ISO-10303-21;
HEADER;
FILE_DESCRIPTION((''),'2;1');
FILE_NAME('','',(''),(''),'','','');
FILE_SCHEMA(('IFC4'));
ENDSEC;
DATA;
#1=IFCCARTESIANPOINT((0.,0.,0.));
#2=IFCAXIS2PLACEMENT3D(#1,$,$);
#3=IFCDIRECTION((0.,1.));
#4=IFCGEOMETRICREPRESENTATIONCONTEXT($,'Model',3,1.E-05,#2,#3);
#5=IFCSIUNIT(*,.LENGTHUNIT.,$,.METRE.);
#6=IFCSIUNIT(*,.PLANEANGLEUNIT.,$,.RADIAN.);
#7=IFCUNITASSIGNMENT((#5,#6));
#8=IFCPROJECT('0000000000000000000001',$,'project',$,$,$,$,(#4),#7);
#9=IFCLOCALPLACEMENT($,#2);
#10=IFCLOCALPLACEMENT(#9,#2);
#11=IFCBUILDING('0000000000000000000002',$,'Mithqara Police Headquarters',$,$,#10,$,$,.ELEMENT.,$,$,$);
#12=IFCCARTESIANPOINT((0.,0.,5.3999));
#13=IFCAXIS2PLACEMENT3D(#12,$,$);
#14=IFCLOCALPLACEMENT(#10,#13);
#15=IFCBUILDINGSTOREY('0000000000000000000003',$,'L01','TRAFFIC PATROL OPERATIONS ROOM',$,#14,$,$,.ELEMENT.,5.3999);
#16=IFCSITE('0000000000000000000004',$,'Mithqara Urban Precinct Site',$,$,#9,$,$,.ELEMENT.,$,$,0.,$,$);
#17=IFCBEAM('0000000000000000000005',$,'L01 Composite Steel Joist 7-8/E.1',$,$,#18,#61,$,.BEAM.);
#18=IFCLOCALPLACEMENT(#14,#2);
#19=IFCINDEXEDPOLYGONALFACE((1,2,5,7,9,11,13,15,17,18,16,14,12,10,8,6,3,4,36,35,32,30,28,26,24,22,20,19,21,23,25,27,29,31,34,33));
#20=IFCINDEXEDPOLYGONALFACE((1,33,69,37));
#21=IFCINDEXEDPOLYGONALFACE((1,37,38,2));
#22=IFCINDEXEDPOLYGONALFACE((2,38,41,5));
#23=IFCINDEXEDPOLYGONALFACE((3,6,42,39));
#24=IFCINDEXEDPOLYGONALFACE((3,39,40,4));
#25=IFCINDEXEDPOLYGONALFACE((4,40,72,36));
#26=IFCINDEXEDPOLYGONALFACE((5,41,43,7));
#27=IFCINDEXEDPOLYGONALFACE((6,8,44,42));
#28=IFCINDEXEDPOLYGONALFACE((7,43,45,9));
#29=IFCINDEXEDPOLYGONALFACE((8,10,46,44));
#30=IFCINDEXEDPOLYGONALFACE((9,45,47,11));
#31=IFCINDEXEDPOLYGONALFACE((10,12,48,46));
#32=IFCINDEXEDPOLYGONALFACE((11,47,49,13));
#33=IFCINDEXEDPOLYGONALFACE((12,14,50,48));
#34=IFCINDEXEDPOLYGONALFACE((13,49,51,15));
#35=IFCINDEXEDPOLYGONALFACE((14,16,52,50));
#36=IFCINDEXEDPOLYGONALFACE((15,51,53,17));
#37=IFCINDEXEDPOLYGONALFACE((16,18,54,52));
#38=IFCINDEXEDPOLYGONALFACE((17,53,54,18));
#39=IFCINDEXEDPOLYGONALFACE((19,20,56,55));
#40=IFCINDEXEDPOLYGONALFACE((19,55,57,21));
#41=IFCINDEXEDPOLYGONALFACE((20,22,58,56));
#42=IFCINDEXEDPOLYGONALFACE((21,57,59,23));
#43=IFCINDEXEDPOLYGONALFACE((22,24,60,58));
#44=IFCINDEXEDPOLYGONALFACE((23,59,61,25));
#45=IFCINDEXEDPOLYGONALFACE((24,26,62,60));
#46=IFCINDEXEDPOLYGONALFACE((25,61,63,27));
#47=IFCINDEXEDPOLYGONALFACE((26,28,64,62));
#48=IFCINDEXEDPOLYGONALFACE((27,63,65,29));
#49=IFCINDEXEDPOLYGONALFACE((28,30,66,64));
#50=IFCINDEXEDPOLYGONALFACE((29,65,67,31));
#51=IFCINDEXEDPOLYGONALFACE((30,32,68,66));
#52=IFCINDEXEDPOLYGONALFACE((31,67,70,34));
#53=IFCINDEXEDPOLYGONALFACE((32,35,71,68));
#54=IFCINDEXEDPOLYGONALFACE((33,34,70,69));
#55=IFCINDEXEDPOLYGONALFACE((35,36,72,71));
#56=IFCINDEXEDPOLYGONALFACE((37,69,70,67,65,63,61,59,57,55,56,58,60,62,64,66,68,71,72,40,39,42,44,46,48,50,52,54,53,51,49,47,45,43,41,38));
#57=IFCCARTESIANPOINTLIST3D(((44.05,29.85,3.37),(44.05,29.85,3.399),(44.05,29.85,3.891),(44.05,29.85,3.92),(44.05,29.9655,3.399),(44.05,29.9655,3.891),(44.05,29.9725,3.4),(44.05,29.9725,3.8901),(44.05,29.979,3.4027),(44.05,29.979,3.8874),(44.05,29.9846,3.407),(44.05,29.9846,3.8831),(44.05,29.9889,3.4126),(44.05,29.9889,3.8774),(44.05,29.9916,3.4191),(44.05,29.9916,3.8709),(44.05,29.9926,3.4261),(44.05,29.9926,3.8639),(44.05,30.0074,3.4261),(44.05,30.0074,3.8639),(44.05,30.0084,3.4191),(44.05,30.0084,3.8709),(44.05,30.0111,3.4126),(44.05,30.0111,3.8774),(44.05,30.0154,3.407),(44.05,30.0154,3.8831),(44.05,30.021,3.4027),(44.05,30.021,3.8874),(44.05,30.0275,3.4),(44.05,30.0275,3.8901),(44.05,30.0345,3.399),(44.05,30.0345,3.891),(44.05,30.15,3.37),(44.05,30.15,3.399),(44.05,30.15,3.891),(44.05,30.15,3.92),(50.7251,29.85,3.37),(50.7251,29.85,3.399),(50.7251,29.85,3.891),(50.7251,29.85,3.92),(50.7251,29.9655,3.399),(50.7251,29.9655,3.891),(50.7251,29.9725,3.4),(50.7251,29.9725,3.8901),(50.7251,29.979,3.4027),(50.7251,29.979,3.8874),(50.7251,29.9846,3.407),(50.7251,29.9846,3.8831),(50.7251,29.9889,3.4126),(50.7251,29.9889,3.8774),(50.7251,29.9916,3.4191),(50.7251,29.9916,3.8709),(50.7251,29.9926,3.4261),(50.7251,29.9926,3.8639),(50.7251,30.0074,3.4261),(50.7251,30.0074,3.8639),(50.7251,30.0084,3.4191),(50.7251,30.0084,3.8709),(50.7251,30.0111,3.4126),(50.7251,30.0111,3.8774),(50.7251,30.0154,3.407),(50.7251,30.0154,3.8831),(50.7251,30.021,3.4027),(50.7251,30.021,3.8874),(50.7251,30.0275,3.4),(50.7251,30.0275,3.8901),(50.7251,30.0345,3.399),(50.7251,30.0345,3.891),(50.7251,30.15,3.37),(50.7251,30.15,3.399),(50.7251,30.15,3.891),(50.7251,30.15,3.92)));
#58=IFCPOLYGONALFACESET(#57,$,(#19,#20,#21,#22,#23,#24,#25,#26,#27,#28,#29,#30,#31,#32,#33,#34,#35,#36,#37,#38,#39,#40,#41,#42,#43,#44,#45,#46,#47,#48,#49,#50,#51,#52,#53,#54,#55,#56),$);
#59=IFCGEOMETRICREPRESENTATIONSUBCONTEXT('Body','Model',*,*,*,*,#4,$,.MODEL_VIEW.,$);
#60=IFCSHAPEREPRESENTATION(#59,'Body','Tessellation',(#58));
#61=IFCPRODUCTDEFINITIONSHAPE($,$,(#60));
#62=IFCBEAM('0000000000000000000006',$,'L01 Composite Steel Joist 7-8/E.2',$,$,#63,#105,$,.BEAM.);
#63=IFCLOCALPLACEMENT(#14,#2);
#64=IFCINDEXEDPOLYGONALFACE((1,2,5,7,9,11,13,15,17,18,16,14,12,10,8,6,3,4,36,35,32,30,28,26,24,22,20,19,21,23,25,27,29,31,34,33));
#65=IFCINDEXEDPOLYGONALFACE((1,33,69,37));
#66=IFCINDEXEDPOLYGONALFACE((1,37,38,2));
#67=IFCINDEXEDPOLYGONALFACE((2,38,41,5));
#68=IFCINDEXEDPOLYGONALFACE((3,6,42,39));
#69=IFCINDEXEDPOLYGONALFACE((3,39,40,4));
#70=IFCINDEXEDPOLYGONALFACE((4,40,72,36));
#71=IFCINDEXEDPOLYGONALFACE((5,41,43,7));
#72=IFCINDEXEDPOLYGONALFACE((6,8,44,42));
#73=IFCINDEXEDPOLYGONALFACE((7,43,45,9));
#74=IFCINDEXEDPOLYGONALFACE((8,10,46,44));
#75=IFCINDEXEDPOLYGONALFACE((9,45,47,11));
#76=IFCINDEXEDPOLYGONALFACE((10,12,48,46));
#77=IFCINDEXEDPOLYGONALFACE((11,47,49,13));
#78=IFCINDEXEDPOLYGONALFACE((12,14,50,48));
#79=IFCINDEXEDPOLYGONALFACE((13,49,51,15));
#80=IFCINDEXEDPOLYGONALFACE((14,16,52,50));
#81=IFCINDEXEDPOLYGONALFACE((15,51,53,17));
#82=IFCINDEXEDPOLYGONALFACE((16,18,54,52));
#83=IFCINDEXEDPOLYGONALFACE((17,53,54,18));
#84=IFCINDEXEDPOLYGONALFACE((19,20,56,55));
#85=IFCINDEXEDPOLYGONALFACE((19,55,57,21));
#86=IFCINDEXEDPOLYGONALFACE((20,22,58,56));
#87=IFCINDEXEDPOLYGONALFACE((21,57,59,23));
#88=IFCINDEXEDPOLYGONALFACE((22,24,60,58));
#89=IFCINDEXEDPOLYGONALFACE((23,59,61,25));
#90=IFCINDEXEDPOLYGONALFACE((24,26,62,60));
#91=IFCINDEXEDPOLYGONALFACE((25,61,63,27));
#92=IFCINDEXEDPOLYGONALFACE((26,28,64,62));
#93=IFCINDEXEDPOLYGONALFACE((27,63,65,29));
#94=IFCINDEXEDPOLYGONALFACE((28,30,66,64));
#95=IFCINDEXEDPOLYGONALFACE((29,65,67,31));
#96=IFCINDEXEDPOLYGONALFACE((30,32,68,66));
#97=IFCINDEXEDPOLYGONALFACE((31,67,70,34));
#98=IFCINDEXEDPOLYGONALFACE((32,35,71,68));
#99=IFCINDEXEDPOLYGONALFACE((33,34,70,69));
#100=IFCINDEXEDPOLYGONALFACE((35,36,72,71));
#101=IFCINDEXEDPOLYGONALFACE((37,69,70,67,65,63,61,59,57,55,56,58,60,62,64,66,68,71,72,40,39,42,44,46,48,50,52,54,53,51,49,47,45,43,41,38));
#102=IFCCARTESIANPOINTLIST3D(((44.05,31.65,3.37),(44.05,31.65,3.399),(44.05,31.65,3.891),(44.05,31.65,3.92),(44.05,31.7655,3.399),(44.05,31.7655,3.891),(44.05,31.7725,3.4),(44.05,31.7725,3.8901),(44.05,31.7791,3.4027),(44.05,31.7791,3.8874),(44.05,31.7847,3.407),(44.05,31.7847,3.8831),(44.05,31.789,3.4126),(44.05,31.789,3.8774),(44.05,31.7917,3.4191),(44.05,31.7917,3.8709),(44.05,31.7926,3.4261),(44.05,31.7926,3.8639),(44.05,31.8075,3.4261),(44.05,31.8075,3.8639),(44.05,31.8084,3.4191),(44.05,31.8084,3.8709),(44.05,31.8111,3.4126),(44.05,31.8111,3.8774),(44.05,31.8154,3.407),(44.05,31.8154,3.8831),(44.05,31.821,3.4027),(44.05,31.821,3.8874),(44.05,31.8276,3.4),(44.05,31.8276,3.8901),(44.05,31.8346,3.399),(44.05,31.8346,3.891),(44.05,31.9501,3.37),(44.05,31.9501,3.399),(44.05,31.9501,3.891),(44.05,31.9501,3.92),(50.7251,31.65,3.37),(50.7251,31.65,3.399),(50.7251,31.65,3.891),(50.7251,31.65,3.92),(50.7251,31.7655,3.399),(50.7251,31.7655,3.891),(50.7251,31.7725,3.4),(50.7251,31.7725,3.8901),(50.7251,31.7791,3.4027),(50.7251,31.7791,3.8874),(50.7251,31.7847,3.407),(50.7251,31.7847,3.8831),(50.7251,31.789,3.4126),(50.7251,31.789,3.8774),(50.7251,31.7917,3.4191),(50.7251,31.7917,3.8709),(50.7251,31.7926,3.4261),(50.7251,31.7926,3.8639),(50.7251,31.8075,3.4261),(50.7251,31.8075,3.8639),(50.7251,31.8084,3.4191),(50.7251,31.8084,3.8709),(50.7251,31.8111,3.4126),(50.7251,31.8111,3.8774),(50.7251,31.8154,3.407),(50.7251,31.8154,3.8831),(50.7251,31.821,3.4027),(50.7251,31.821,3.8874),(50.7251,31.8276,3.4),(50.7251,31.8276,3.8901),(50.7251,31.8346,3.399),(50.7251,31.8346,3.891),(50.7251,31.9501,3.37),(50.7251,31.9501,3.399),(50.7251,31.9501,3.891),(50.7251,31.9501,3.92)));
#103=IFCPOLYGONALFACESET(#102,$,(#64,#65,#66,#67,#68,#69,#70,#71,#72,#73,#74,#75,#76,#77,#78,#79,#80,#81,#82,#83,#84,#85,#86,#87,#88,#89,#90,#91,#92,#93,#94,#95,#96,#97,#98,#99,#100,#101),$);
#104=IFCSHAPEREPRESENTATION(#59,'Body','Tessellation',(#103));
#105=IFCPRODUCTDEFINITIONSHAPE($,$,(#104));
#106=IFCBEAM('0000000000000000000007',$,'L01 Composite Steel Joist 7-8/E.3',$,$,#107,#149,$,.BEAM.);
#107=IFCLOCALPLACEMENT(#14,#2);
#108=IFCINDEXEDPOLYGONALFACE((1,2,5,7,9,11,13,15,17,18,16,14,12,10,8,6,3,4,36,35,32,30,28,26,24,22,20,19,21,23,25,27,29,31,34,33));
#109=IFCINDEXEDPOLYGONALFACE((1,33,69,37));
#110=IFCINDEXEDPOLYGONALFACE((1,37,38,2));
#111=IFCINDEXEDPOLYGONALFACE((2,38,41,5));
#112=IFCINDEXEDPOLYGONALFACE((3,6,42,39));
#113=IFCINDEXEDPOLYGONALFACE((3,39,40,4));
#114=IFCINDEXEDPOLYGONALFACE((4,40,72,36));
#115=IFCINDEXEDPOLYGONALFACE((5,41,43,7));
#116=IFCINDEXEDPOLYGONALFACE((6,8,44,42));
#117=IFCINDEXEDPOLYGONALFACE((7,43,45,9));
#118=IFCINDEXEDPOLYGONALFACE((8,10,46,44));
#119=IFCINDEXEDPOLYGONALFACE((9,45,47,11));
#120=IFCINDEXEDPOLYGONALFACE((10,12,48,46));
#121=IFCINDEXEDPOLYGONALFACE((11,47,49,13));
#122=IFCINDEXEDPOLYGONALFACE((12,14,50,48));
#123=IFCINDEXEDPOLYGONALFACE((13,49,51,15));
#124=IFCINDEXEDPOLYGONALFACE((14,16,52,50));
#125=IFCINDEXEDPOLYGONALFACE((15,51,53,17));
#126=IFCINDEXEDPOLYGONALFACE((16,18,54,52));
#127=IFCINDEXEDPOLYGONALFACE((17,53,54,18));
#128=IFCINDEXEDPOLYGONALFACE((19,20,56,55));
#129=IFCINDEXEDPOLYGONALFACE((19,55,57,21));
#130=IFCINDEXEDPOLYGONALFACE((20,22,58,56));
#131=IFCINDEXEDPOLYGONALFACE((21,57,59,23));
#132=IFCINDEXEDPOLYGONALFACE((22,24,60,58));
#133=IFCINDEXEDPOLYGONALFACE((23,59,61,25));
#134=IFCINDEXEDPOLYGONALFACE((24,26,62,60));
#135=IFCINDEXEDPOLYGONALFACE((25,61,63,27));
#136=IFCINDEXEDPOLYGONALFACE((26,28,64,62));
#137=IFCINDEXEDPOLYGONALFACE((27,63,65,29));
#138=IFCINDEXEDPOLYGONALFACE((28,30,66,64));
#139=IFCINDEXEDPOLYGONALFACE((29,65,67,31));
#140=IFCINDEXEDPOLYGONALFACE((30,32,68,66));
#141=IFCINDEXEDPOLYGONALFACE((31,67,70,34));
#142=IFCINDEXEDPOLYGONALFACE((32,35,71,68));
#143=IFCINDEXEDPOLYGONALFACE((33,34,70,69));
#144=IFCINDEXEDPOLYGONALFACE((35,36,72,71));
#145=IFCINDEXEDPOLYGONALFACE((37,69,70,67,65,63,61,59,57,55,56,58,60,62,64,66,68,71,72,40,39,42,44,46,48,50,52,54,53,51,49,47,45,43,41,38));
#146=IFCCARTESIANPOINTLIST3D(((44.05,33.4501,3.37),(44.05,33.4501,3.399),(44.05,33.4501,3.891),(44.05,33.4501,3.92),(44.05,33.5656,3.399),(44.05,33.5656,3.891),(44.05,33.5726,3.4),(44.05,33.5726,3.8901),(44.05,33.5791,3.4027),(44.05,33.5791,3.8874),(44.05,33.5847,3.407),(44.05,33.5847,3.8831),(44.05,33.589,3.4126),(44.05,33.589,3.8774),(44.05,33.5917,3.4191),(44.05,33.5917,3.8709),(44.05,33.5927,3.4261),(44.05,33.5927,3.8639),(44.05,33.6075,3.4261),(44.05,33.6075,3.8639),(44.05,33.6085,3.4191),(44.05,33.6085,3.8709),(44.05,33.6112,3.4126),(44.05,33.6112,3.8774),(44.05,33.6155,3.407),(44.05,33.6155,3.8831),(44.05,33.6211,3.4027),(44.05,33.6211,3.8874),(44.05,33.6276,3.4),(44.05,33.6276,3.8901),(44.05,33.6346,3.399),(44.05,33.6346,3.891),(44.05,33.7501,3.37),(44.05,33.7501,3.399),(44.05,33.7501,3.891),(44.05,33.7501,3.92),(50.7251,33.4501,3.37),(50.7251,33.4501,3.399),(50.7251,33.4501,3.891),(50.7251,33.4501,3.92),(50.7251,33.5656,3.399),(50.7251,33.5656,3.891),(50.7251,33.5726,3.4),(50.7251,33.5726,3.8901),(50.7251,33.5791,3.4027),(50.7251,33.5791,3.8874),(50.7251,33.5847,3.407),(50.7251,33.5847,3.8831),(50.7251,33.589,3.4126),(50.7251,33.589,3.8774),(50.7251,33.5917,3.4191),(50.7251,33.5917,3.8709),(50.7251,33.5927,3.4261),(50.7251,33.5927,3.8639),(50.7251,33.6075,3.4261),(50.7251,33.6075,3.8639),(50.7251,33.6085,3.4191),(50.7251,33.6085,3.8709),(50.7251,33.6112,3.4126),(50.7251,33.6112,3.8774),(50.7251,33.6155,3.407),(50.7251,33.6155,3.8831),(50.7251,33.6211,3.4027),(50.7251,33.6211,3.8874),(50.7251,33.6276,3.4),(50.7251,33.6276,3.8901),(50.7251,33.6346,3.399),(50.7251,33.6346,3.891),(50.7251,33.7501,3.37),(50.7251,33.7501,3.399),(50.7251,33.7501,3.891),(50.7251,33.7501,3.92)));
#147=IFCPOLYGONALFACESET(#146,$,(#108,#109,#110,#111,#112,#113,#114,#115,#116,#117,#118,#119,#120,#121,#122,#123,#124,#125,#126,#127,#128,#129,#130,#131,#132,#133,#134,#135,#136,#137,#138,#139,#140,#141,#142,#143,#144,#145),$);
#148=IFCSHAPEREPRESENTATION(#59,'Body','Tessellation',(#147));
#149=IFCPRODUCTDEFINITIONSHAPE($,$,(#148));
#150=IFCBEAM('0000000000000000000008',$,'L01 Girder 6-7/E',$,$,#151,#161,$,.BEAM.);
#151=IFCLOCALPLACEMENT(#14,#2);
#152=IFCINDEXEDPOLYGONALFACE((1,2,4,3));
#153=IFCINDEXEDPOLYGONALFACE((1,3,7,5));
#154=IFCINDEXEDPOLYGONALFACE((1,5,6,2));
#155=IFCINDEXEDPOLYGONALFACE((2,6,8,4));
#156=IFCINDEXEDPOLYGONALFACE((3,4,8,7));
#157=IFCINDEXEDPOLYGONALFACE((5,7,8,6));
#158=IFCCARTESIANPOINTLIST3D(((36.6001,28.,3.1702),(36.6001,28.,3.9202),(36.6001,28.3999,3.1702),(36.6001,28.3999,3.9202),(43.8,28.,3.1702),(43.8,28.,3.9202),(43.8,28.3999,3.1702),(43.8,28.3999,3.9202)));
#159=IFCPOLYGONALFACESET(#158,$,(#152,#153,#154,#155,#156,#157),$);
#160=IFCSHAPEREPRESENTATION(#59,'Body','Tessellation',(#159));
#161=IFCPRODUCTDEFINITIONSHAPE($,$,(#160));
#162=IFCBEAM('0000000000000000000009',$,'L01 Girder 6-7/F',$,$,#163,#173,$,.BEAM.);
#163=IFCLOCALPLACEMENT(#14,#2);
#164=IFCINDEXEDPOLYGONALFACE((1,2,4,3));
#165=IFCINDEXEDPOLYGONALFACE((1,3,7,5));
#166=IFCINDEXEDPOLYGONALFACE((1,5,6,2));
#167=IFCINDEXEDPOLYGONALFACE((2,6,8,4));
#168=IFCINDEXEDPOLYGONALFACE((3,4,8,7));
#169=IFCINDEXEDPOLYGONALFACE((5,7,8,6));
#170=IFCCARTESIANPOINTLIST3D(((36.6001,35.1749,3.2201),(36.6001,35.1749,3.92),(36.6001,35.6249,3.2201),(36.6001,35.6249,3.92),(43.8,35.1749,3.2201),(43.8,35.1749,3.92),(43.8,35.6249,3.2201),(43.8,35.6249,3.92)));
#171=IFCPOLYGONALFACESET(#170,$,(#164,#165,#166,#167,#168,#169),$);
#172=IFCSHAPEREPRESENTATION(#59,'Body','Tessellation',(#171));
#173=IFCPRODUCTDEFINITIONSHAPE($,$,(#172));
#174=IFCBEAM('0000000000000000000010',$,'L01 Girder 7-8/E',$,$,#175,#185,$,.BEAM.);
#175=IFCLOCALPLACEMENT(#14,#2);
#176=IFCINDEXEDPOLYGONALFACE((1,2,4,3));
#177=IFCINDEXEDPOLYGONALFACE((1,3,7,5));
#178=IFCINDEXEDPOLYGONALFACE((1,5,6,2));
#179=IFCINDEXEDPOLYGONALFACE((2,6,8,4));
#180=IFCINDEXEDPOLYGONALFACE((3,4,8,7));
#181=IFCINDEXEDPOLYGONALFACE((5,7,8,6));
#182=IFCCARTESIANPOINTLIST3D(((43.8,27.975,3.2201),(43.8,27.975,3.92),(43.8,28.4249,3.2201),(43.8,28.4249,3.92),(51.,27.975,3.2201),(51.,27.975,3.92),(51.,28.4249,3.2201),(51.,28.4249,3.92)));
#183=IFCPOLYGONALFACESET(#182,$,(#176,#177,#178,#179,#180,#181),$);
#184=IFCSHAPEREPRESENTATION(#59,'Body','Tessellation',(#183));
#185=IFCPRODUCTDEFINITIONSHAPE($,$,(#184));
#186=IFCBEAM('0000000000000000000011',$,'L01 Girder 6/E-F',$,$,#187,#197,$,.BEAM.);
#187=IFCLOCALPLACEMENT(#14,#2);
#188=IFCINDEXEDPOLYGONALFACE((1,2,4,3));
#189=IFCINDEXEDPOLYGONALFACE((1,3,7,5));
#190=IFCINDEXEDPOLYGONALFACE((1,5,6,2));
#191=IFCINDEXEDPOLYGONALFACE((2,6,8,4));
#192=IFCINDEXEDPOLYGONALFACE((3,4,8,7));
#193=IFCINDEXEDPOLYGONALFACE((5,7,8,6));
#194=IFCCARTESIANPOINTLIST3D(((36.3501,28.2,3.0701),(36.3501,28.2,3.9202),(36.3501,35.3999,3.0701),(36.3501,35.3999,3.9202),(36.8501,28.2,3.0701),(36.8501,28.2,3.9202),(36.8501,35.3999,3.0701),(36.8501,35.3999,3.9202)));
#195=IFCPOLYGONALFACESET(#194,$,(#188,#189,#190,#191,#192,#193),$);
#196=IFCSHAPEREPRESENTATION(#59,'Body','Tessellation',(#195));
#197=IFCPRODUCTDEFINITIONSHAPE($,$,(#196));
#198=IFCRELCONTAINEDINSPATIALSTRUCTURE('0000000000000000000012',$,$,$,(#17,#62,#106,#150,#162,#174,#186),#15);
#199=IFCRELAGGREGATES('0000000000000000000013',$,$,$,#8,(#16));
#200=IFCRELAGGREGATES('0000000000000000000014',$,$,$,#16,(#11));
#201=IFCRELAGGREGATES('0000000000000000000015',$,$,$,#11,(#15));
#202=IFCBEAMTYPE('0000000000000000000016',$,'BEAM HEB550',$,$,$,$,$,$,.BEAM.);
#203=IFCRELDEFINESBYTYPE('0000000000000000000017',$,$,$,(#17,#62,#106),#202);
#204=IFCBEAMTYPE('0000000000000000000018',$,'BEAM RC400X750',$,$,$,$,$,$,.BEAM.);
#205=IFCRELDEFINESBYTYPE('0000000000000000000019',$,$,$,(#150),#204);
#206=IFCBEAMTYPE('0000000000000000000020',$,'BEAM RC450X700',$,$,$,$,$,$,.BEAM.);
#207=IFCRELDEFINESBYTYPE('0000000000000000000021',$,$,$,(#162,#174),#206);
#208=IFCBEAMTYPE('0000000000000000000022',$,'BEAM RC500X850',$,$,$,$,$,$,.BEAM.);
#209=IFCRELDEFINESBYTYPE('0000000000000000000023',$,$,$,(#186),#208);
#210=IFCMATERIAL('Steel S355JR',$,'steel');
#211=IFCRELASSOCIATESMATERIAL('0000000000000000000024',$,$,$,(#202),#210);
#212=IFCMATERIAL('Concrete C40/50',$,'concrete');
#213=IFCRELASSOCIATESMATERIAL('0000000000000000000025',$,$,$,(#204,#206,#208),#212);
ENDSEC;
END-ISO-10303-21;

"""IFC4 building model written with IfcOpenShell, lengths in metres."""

from ifc_helpers import new_model, si_unit, direction, frame, origin, origin_2d, place, context, subcontext, project, spatial, rectangle, i_section, extrude, material, material_profile, profile_set, type_object, element, save


model = new_model("IFC4")

# Units and contexts
model_context = context("Model", 3, precision=1e-05, world=origin(), true_north=direction((0.0, 1.0)))
body_context = subcontext(model_context, "Body", "Model", "MODEL_VIEW")
ifc_project = project(units=[si_unit("LENGTHUNIT", "METRE"), si_unit("PLANEANGLEUNIT", "RADIAN")], contexts=[model_context])

# Site, building, storey
site_placement = place(None, origin())
site = spatial("IfcSite", under=ifc_project, at=site_placement, Name="Mithqara Urban Precinct Site", CompositionType="ELEMENT", RefElevation=0.0)
building_placement = place(site_placement, origin())
building = spatial("IfcBuilding", under=site, at=building_placement, Name="Mithqara Police Headquarters", CompositionType="ELEMENT")
storey_placement = place(building_placement, frame((0.0, 0.0, 5.3999)))
storey = spatial("IfcBuildingStorey", under=building, at=storey_placement, Name="L01", Description="TRAFFIC PATROL OPERATIONS ROOM", CompositionType="ELEMENT", Elevation=5.3999)

# Beams
ifc_material_1 = material(Name="Steel S355JR", Category="steel")
ifc_material_profile_1 = material_profile(ifc_material_1, i_section(OverallWidth=0.3, OverallDepth=0.55, WebThickness=0.0149, FlangeThickness=0.0291, FilletRadius=0.0271, at=origin_2d()), Name="HEB 550")
ifc_profile_set_1 = profile_set([ifc_material_profile_1], Name="Steel S355JR")
beam_type_1 = type_object("IfcBeamType", Name="BEAM HEB550", PredefinedType="BEAM", material=ifc_profile_set_1)
for number, where, z_axis, x_axis, name in (
    (1, (44.05, 30.0, 3.645), (1.0, 0.0, 0.0), (0.0, 1.0, 0.0), "L01 Composite Steel Joist 7-8/E.1"),
    (2, (44.05, 31.8, 3.645), (1.0, 0.0, 0.0), (0.0, 1.0, 0.0), "L01 Composite Steel Joist 7-8/E.2"),
    (3, (44.05, 33.6001, 3.645), (1.0, 0.0, 0.0), (0.0, 1.0, 0.0), "L01 Composite Steel Joist 7-8/E.3"),
):
    element("IfcBeam", number, at=place(storey_placement, frame(where, z_axis=z_axis, x_axis=x_axis)), inside=storey, type_object=beam_type_1, Name=name, PredefinedType="BEAM", context=body_context, shape_type="SweptSolid", body=[
        extrude(i_section(OverallWidth=0.3, OverallDepth=0.55, WebThickness=0.0149, FlangeThickness=0.0291, FilletRadius=0.0271, at=origin_2d()), origin(), (0.0, 0.0, 1.0), 6.675),
    ])
ifc_material_2 = material(Name="Concrete C40/50", Category="concrete")
ifc_material_profile_2 = material_profile(ifc_material_2, rectangle(XDim=0.3999, YDim=0.75, at=origin_2d()), Name="RC 400x750")
ifc_profile_set_2 = profile_set([ifc_material_profile_2], Name="Concrete C40/50")
beam_type_2 = type_object("IfcBeamType", Name="BEAM RC400X750", PredefinedType="BEAM", material=ifc_profile_set_2)
beam_1_placement = place(storey_placement, frame((36.6001, 28.2, 3.5452), z_axis=(1.0, 0.0, 0.0), x_axis=(0.0, 1.0, 0.0)))
element("IfcBeam", 4, at=beam_1_placement, inside=storey, type_object=beam_type_2, Name="L01 Girder 6-7/E", PredefinedType="BEAM", context=body_context, shape_type="SweptSolid", body=[
    extrude(rectangle(XDim=0.3999, YDim=0.75, at=origin_2d()), origin(), (0.0, 0.0, 1.0), 7.2),
])
ifc_material_profile_3 = material_profile(ifc_material_2, rectangle(XDim=0.45, YDim=0.7, at=origin_2d()), Name="RC 450x700")
ifc_profile_set_3 = profile_set([ifc_material_profile_3], Name="Concrete C40/50")
beam_type_3 = type_object("IfcBeamType", Name="BEAM RC450X700", PredefinedType="BEAM", material=ifc_profile_set_3)
for number, where, z_axis, x_axis, name in (
    (5, (36.6001, 35.3999, 3.5701), (1.0, 0.0, 0.0), (0.0, 1.0, 0.0), "L01 Girder 6-7/F"),
    (6, (43.8, 28.2, 3.5701), (1.0, 0.0, 0.0), (0.0, 1.0, 0.0), "L01 Girder 7-8/E"),
):
    element("IfcBeam", number, at=place(storey_placement, frame(where, z_axis=z_axis, x_axis=x_axis)), inside=storey, type_object=beam_type_3, Name=name, PredefinedType="BEAM", context=body_context, shape_type="SweptSolid", body=[
        extrude(rectangle(XDim=0.45, YDim=0.7, at=origin_2d()), origin(), (0.0, 0.0, 1.0), 7.2),
    ])
ifc_material_profile_4 = material_profile(ifc_material_2, rectangle(XDim=0.5, YDim=0.8501, at=origin_2d()), Name="RC 500x850")
ifc_profile_set_4 = profile_set([ifc_material_profile_4], Name="Concrete C40/50")
beam_type_4 = type_object("IfcBeamType", Name="BEAM RC500X850", PredefinedType="BEAM", material=ifc_profile_set_4)
beam_2_placement = place(storey_placement, frame((36.6001, 28.2, 3.4951), z_axis=(0.0, 1.0, 0.0), x_axis=(-1.0, 0.0, 0.0)))
element("IfcBeam", 7, at=beam_2_placement, inside=storey, type_object=beam_type_4, Name="L01 Girder 6/E-F", PredefinedType="BEAM", context=body_context, shape_type="SweptSolid", body=[
    extrude(rectangle(XDim=0.5, YDim=0.8501, at=origin_2d()), origin(), (0.0, 0.0, 1.0), 7.2),
])

save(model, "model.ifc")
